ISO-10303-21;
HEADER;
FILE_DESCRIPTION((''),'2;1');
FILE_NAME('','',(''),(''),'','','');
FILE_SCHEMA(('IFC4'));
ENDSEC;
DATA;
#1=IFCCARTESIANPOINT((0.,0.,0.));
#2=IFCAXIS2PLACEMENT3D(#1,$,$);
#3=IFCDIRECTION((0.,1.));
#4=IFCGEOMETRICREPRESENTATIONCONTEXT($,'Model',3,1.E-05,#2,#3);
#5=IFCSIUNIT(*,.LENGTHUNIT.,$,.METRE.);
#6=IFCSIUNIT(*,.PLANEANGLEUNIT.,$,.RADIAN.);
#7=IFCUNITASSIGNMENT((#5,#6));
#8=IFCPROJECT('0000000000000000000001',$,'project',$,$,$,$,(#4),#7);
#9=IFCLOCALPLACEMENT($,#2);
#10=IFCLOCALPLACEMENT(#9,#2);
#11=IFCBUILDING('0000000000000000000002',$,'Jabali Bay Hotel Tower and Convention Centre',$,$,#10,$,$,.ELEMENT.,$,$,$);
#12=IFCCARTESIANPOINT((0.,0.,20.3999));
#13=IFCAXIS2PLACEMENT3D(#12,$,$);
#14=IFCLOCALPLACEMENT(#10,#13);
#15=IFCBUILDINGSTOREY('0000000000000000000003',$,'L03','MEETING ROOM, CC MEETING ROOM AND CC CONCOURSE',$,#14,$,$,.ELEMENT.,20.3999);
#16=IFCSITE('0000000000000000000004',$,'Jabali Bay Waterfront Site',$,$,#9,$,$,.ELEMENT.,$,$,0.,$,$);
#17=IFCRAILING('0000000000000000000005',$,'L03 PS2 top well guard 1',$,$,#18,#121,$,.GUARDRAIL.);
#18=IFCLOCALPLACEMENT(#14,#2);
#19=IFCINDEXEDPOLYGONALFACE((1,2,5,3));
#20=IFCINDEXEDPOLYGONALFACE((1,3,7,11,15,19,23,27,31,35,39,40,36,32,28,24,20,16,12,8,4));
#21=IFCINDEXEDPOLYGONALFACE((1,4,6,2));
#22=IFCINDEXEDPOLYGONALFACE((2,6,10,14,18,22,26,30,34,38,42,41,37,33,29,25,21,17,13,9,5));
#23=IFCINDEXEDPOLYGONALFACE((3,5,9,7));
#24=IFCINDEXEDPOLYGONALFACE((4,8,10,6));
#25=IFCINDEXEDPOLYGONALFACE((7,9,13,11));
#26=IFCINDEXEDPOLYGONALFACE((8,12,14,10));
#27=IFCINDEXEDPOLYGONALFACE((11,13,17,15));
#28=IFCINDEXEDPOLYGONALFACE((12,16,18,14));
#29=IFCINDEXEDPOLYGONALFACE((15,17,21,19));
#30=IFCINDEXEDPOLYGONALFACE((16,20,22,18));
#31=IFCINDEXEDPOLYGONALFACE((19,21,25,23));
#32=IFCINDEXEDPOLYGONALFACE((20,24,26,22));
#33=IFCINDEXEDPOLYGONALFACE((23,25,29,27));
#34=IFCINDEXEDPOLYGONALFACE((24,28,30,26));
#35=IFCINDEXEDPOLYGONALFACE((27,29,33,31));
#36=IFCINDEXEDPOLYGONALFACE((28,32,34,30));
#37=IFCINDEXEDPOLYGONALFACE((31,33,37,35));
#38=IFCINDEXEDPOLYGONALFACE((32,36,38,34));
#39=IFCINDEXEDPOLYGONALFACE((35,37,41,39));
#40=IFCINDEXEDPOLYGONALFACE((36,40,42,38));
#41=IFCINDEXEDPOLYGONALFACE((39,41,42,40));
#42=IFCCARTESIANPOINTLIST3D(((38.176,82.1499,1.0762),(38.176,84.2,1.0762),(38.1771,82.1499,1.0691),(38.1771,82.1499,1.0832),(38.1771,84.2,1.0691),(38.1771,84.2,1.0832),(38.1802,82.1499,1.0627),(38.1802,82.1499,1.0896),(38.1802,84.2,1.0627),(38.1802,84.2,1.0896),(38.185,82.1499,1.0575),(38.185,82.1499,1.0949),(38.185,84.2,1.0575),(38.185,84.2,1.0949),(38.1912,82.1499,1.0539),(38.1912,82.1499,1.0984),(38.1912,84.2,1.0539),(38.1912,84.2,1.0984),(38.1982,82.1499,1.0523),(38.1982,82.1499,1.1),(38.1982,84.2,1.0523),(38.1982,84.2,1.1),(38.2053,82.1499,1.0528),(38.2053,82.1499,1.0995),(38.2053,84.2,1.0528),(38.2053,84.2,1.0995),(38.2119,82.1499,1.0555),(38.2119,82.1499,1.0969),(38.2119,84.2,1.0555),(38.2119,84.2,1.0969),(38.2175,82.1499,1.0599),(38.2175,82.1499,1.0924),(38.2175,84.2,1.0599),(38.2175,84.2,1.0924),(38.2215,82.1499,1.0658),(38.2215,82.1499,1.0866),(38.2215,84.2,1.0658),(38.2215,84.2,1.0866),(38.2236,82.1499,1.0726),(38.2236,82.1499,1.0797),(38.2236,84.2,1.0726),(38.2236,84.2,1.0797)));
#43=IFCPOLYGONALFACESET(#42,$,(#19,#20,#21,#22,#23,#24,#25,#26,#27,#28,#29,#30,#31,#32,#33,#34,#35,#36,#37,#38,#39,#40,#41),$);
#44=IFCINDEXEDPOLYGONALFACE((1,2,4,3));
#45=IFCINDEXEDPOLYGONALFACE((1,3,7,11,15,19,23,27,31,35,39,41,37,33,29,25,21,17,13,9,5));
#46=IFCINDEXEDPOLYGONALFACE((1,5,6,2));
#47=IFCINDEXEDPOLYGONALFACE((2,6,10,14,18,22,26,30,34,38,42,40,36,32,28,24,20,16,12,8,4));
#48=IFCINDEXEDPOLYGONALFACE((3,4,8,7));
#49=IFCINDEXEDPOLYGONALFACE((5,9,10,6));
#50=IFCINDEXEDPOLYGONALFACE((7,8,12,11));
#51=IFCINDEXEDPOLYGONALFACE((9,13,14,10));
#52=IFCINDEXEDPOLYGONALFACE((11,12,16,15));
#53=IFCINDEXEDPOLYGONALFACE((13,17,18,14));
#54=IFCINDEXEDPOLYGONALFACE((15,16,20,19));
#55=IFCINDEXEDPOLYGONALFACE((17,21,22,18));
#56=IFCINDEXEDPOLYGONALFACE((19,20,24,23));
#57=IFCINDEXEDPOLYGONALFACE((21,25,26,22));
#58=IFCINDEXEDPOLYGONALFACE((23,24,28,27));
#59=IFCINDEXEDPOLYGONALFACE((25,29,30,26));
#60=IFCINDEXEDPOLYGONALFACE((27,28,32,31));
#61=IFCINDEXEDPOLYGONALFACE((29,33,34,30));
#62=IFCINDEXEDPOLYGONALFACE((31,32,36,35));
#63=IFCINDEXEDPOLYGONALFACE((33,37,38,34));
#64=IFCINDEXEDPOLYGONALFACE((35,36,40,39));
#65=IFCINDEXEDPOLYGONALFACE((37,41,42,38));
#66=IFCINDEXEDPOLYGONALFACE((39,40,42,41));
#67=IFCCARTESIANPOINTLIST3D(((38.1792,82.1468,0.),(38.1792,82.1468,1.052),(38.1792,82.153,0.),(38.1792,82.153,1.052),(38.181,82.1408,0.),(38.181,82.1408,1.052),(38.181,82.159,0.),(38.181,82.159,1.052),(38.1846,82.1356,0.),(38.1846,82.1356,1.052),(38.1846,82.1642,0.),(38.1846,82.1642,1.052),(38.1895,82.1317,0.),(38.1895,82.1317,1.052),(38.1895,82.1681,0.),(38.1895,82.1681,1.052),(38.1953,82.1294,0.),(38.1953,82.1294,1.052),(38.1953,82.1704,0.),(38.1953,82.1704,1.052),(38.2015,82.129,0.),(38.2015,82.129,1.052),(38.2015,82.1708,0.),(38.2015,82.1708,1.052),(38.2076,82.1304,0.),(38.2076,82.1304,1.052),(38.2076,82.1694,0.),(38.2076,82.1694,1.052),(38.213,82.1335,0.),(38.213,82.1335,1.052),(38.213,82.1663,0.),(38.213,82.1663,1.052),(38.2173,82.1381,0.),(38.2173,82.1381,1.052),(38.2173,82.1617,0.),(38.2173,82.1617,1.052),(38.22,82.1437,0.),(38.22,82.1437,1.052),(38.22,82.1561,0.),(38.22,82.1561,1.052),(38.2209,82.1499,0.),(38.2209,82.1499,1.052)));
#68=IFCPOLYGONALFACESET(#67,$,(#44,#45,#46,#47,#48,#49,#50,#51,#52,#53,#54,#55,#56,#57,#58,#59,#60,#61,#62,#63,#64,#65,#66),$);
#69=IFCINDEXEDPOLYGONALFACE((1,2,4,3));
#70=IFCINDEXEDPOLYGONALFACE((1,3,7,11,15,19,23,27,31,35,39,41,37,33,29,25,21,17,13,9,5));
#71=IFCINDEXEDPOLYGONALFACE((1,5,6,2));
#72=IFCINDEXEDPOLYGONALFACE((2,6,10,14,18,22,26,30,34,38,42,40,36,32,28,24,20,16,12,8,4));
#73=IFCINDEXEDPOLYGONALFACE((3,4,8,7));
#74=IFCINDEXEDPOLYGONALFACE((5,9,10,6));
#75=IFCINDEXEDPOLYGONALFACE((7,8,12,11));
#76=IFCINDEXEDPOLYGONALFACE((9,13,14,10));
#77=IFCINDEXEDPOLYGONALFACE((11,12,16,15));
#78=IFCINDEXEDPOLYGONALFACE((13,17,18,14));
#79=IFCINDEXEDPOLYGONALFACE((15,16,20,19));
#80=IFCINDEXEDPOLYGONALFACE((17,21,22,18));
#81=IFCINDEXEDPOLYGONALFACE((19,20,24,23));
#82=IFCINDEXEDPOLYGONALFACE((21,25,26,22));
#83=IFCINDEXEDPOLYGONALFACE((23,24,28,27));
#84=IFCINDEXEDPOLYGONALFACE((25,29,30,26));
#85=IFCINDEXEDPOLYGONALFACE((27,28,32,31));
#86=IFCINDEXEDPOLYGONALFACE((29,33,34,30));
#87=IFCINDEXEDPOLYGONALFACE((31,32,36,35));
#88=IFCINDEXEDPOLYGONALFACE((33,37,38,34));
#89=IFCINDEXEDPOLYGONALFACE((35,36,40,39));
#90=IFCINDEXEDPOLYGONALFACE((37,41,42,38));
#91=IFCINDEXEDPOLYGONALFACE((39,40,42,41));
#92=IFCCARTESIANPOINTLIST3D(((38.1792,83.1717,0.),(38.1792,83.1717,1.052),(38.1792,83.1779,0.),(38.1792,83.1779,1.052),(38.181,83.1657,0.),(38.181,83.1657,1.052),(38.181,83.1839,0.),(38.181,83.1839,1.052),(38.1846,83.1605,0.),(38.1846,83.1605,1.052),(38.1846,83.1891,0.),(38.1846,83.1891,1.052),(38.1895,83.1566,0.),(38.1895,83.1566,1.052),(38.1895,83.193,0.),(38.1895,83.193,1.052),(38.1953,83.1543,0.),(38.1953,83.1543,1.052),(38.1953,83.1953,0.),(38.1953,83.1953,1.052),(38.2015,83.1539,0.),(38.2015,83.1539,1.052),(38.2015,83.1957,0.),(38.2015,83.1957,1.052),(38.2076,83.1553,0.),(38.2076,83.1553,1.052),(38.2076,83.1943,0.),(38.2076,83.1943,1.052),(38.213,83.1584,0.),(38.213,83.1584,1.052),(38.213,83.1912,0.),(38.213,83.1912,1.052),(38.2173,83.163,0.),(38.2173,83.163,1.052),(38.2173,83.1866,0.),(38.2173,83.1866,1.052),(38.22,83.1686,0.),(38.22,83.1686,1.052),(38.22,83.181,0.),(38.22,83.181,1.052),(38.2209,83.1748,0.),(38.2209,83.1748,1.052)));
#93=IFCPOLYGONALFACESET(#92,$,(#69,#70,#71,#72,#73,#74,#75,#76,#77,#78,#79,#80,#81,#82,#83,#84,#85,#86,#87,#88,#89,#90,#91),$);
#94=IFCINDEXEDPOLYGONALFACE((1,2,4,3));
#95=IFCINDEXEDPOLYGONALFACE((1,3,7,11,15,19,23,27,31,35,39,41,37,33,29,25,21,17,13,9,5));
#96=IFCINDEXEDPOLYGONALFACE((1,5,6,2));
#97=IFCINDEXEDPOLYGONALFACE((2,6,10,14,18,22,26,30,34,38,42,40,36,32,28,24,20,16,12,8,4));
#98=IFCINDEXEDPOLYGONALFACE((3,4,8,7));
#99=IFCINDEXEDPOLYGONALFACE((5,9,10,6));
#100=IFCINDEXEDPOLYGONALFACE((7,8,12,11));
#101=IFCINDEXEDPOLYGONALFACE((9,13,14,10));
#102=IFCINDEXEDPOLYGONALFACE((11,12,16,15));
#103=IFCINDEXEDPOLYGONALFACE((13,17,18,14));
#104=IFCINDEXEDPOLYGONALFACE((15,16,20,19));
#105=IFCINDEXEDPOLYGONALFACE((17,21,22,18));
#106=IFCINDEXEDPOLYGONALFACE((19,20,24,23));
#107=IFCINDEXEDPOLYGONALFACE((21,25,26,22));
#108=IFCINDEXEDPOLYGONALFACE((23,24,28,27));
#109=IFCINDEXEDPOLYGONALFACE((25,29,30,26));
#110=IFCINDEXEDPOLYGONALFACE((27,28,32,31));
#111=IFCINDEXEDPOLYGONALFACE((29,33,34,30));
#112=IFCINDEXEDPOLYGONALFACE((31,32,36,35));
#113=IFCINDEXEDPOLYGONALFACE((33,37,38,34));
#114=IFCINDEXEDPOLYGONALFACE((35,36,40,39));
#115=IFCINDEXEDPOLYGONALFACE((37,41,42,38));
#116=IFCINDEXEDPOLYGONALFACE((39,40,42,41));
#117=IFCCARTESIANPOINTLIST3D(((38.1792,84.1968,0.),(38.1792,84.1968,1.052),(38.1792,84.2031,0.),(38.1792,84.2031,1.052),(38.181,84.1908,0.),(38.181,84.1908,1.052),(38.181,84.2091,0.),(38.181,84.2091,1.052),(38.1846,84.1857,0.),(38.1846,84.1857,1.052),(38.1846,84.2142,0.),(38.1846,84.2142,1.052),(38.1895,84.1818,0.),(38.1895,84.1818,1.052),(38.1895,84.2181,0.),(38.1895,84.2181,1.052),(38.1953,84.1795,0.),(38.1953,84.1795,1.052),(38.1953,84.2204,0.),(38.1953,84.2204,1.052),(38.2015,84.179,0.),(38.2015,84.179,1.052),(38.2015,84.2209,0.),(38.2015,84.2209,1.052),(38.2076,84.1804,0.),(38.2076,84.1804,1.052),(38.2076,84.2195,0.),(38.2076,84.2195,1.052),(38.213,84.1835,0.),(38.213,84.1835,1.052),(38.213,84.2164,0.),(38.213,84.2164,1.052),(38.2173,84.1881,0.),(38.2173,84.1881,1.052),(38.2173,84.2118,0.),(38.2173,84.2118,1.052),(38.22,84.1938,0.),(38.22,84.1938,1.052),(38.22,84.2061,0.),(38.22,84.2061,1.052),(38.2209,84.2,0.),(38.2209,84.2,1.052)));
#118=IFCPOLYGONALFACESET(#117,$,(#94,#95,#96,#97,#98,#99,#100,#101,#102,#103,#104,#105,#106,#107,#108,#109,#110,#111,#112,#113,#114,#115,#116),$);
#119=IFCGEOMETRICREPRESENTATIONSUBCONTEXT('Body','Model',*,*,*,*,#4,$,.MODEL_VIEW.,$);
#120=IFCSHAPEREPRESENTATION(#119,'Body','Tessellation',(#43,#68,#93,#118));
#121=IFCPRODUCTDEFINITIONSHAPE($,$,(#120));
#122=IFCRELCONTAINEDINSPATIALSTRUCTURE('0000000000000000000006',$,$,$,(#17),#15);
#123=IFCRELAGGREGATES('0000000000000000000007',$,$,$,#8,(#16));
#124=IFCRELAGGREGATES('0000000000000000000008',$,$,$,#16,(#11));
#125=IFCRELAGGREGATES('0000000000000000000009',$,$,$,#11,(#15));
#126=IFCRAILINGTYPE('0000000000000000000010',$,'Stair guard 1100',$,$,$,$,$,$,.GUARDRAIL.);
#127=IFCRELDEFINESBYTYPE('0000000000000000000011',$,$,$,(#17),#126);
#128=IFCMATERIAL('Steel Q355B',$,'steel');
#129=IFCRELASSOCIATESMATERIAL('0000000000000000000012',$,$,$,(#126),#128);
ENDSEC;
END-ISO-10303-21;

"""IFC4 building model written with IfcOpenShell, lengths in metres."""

from ifc_helpers import new_model, si_unit, direction, frame, origin, origin_2d, place, context, subcontext, project, spatial, circle, extrude, material, type_object, element, save


model = new_model("IFC4")

# Units and contexts
model_context = context("Model", 3, precision=1e-05, world=origin(), true_north=direction((0.0, 1.0)))
body_context = subcontext(model_context, "Body", "Model", "MODEL_VIEW")
ifc_project = project(units=[si_unit("LENGTHUNIT", "METRE"), si_unit("PLANEANGLEUNIT", "RADIAN")], contexts=[model_context])

# Site, building, storey
site_placement = place(None, origin())
site = spatial("IfcSite", under=ifc_project, at=site_placement, Name="Jabali Bay Waterfront Site", CompositionType="ELEMENT", RefElevation=0.0)
building_placement = place(site_placement, origin())
building = spatial("IfcBuilding", under=site, at=building_placement, Name="Jabali Bay Hotel Tower and Convention Centre", CompositionType="ELEMENT")
storey_placement = place(building_placement, frame((0.0, 0.0, 20.3999)))
storey = spatial("IfcBuildingStorey", under=building, at=storey_placement, Name="L03", Description="MEETING ROOM, CC MEETING ROOM AND CC CONCOURSE", CompositionType="ELEMENT", Elevation=20.3999)

# Railing
ifc_material_1 = material(Name="Steel Q355B", Category="steel")
railing_type_1 = type_object("IfcRailingType", Name="Stair guard 1100", PredefinedType="GUARDRAIL", material=ifc_material_1)
railing_1_placement = place(storey_placement, frame((38.2, 82.1499, 0.0)))
element("IfcRailing", 1, at=railing_1_placement, inside=storey, type_object=railing_type_1, Name="L03 PS2 top well guard 1", PredefinedType="GUARDRAIL", context=body_context, shape_type="SweptSolid", body=[
    extrude(circle(Radius=0.0239, at=origin_2d()), frame((0.0, 0.0, 1.0762), z_axis=(0.0, 1.0, 0.0), x_axis=(-1.0, 0.0, 0.0)), (0.0, 0.0, 1.0), 2.05),
    extrude(circle(Radius=0.021, at=origin_2d()), origin(), (0.0, 0.0, 1.0), 1.052),
    extrude(circle(Radius=0.021, at=origin_2d()), frame((0.0, 1.0249, 0.0)), (0.0, 0.0, 1.0), 1.052),
    extrude(circle(Radius=0.021, at=origin_2d()), frame((0.0, 2.05, 0.0)), (0.0, 0.0, 1.0), 1.052),
])

save(model, "model.ifc")
